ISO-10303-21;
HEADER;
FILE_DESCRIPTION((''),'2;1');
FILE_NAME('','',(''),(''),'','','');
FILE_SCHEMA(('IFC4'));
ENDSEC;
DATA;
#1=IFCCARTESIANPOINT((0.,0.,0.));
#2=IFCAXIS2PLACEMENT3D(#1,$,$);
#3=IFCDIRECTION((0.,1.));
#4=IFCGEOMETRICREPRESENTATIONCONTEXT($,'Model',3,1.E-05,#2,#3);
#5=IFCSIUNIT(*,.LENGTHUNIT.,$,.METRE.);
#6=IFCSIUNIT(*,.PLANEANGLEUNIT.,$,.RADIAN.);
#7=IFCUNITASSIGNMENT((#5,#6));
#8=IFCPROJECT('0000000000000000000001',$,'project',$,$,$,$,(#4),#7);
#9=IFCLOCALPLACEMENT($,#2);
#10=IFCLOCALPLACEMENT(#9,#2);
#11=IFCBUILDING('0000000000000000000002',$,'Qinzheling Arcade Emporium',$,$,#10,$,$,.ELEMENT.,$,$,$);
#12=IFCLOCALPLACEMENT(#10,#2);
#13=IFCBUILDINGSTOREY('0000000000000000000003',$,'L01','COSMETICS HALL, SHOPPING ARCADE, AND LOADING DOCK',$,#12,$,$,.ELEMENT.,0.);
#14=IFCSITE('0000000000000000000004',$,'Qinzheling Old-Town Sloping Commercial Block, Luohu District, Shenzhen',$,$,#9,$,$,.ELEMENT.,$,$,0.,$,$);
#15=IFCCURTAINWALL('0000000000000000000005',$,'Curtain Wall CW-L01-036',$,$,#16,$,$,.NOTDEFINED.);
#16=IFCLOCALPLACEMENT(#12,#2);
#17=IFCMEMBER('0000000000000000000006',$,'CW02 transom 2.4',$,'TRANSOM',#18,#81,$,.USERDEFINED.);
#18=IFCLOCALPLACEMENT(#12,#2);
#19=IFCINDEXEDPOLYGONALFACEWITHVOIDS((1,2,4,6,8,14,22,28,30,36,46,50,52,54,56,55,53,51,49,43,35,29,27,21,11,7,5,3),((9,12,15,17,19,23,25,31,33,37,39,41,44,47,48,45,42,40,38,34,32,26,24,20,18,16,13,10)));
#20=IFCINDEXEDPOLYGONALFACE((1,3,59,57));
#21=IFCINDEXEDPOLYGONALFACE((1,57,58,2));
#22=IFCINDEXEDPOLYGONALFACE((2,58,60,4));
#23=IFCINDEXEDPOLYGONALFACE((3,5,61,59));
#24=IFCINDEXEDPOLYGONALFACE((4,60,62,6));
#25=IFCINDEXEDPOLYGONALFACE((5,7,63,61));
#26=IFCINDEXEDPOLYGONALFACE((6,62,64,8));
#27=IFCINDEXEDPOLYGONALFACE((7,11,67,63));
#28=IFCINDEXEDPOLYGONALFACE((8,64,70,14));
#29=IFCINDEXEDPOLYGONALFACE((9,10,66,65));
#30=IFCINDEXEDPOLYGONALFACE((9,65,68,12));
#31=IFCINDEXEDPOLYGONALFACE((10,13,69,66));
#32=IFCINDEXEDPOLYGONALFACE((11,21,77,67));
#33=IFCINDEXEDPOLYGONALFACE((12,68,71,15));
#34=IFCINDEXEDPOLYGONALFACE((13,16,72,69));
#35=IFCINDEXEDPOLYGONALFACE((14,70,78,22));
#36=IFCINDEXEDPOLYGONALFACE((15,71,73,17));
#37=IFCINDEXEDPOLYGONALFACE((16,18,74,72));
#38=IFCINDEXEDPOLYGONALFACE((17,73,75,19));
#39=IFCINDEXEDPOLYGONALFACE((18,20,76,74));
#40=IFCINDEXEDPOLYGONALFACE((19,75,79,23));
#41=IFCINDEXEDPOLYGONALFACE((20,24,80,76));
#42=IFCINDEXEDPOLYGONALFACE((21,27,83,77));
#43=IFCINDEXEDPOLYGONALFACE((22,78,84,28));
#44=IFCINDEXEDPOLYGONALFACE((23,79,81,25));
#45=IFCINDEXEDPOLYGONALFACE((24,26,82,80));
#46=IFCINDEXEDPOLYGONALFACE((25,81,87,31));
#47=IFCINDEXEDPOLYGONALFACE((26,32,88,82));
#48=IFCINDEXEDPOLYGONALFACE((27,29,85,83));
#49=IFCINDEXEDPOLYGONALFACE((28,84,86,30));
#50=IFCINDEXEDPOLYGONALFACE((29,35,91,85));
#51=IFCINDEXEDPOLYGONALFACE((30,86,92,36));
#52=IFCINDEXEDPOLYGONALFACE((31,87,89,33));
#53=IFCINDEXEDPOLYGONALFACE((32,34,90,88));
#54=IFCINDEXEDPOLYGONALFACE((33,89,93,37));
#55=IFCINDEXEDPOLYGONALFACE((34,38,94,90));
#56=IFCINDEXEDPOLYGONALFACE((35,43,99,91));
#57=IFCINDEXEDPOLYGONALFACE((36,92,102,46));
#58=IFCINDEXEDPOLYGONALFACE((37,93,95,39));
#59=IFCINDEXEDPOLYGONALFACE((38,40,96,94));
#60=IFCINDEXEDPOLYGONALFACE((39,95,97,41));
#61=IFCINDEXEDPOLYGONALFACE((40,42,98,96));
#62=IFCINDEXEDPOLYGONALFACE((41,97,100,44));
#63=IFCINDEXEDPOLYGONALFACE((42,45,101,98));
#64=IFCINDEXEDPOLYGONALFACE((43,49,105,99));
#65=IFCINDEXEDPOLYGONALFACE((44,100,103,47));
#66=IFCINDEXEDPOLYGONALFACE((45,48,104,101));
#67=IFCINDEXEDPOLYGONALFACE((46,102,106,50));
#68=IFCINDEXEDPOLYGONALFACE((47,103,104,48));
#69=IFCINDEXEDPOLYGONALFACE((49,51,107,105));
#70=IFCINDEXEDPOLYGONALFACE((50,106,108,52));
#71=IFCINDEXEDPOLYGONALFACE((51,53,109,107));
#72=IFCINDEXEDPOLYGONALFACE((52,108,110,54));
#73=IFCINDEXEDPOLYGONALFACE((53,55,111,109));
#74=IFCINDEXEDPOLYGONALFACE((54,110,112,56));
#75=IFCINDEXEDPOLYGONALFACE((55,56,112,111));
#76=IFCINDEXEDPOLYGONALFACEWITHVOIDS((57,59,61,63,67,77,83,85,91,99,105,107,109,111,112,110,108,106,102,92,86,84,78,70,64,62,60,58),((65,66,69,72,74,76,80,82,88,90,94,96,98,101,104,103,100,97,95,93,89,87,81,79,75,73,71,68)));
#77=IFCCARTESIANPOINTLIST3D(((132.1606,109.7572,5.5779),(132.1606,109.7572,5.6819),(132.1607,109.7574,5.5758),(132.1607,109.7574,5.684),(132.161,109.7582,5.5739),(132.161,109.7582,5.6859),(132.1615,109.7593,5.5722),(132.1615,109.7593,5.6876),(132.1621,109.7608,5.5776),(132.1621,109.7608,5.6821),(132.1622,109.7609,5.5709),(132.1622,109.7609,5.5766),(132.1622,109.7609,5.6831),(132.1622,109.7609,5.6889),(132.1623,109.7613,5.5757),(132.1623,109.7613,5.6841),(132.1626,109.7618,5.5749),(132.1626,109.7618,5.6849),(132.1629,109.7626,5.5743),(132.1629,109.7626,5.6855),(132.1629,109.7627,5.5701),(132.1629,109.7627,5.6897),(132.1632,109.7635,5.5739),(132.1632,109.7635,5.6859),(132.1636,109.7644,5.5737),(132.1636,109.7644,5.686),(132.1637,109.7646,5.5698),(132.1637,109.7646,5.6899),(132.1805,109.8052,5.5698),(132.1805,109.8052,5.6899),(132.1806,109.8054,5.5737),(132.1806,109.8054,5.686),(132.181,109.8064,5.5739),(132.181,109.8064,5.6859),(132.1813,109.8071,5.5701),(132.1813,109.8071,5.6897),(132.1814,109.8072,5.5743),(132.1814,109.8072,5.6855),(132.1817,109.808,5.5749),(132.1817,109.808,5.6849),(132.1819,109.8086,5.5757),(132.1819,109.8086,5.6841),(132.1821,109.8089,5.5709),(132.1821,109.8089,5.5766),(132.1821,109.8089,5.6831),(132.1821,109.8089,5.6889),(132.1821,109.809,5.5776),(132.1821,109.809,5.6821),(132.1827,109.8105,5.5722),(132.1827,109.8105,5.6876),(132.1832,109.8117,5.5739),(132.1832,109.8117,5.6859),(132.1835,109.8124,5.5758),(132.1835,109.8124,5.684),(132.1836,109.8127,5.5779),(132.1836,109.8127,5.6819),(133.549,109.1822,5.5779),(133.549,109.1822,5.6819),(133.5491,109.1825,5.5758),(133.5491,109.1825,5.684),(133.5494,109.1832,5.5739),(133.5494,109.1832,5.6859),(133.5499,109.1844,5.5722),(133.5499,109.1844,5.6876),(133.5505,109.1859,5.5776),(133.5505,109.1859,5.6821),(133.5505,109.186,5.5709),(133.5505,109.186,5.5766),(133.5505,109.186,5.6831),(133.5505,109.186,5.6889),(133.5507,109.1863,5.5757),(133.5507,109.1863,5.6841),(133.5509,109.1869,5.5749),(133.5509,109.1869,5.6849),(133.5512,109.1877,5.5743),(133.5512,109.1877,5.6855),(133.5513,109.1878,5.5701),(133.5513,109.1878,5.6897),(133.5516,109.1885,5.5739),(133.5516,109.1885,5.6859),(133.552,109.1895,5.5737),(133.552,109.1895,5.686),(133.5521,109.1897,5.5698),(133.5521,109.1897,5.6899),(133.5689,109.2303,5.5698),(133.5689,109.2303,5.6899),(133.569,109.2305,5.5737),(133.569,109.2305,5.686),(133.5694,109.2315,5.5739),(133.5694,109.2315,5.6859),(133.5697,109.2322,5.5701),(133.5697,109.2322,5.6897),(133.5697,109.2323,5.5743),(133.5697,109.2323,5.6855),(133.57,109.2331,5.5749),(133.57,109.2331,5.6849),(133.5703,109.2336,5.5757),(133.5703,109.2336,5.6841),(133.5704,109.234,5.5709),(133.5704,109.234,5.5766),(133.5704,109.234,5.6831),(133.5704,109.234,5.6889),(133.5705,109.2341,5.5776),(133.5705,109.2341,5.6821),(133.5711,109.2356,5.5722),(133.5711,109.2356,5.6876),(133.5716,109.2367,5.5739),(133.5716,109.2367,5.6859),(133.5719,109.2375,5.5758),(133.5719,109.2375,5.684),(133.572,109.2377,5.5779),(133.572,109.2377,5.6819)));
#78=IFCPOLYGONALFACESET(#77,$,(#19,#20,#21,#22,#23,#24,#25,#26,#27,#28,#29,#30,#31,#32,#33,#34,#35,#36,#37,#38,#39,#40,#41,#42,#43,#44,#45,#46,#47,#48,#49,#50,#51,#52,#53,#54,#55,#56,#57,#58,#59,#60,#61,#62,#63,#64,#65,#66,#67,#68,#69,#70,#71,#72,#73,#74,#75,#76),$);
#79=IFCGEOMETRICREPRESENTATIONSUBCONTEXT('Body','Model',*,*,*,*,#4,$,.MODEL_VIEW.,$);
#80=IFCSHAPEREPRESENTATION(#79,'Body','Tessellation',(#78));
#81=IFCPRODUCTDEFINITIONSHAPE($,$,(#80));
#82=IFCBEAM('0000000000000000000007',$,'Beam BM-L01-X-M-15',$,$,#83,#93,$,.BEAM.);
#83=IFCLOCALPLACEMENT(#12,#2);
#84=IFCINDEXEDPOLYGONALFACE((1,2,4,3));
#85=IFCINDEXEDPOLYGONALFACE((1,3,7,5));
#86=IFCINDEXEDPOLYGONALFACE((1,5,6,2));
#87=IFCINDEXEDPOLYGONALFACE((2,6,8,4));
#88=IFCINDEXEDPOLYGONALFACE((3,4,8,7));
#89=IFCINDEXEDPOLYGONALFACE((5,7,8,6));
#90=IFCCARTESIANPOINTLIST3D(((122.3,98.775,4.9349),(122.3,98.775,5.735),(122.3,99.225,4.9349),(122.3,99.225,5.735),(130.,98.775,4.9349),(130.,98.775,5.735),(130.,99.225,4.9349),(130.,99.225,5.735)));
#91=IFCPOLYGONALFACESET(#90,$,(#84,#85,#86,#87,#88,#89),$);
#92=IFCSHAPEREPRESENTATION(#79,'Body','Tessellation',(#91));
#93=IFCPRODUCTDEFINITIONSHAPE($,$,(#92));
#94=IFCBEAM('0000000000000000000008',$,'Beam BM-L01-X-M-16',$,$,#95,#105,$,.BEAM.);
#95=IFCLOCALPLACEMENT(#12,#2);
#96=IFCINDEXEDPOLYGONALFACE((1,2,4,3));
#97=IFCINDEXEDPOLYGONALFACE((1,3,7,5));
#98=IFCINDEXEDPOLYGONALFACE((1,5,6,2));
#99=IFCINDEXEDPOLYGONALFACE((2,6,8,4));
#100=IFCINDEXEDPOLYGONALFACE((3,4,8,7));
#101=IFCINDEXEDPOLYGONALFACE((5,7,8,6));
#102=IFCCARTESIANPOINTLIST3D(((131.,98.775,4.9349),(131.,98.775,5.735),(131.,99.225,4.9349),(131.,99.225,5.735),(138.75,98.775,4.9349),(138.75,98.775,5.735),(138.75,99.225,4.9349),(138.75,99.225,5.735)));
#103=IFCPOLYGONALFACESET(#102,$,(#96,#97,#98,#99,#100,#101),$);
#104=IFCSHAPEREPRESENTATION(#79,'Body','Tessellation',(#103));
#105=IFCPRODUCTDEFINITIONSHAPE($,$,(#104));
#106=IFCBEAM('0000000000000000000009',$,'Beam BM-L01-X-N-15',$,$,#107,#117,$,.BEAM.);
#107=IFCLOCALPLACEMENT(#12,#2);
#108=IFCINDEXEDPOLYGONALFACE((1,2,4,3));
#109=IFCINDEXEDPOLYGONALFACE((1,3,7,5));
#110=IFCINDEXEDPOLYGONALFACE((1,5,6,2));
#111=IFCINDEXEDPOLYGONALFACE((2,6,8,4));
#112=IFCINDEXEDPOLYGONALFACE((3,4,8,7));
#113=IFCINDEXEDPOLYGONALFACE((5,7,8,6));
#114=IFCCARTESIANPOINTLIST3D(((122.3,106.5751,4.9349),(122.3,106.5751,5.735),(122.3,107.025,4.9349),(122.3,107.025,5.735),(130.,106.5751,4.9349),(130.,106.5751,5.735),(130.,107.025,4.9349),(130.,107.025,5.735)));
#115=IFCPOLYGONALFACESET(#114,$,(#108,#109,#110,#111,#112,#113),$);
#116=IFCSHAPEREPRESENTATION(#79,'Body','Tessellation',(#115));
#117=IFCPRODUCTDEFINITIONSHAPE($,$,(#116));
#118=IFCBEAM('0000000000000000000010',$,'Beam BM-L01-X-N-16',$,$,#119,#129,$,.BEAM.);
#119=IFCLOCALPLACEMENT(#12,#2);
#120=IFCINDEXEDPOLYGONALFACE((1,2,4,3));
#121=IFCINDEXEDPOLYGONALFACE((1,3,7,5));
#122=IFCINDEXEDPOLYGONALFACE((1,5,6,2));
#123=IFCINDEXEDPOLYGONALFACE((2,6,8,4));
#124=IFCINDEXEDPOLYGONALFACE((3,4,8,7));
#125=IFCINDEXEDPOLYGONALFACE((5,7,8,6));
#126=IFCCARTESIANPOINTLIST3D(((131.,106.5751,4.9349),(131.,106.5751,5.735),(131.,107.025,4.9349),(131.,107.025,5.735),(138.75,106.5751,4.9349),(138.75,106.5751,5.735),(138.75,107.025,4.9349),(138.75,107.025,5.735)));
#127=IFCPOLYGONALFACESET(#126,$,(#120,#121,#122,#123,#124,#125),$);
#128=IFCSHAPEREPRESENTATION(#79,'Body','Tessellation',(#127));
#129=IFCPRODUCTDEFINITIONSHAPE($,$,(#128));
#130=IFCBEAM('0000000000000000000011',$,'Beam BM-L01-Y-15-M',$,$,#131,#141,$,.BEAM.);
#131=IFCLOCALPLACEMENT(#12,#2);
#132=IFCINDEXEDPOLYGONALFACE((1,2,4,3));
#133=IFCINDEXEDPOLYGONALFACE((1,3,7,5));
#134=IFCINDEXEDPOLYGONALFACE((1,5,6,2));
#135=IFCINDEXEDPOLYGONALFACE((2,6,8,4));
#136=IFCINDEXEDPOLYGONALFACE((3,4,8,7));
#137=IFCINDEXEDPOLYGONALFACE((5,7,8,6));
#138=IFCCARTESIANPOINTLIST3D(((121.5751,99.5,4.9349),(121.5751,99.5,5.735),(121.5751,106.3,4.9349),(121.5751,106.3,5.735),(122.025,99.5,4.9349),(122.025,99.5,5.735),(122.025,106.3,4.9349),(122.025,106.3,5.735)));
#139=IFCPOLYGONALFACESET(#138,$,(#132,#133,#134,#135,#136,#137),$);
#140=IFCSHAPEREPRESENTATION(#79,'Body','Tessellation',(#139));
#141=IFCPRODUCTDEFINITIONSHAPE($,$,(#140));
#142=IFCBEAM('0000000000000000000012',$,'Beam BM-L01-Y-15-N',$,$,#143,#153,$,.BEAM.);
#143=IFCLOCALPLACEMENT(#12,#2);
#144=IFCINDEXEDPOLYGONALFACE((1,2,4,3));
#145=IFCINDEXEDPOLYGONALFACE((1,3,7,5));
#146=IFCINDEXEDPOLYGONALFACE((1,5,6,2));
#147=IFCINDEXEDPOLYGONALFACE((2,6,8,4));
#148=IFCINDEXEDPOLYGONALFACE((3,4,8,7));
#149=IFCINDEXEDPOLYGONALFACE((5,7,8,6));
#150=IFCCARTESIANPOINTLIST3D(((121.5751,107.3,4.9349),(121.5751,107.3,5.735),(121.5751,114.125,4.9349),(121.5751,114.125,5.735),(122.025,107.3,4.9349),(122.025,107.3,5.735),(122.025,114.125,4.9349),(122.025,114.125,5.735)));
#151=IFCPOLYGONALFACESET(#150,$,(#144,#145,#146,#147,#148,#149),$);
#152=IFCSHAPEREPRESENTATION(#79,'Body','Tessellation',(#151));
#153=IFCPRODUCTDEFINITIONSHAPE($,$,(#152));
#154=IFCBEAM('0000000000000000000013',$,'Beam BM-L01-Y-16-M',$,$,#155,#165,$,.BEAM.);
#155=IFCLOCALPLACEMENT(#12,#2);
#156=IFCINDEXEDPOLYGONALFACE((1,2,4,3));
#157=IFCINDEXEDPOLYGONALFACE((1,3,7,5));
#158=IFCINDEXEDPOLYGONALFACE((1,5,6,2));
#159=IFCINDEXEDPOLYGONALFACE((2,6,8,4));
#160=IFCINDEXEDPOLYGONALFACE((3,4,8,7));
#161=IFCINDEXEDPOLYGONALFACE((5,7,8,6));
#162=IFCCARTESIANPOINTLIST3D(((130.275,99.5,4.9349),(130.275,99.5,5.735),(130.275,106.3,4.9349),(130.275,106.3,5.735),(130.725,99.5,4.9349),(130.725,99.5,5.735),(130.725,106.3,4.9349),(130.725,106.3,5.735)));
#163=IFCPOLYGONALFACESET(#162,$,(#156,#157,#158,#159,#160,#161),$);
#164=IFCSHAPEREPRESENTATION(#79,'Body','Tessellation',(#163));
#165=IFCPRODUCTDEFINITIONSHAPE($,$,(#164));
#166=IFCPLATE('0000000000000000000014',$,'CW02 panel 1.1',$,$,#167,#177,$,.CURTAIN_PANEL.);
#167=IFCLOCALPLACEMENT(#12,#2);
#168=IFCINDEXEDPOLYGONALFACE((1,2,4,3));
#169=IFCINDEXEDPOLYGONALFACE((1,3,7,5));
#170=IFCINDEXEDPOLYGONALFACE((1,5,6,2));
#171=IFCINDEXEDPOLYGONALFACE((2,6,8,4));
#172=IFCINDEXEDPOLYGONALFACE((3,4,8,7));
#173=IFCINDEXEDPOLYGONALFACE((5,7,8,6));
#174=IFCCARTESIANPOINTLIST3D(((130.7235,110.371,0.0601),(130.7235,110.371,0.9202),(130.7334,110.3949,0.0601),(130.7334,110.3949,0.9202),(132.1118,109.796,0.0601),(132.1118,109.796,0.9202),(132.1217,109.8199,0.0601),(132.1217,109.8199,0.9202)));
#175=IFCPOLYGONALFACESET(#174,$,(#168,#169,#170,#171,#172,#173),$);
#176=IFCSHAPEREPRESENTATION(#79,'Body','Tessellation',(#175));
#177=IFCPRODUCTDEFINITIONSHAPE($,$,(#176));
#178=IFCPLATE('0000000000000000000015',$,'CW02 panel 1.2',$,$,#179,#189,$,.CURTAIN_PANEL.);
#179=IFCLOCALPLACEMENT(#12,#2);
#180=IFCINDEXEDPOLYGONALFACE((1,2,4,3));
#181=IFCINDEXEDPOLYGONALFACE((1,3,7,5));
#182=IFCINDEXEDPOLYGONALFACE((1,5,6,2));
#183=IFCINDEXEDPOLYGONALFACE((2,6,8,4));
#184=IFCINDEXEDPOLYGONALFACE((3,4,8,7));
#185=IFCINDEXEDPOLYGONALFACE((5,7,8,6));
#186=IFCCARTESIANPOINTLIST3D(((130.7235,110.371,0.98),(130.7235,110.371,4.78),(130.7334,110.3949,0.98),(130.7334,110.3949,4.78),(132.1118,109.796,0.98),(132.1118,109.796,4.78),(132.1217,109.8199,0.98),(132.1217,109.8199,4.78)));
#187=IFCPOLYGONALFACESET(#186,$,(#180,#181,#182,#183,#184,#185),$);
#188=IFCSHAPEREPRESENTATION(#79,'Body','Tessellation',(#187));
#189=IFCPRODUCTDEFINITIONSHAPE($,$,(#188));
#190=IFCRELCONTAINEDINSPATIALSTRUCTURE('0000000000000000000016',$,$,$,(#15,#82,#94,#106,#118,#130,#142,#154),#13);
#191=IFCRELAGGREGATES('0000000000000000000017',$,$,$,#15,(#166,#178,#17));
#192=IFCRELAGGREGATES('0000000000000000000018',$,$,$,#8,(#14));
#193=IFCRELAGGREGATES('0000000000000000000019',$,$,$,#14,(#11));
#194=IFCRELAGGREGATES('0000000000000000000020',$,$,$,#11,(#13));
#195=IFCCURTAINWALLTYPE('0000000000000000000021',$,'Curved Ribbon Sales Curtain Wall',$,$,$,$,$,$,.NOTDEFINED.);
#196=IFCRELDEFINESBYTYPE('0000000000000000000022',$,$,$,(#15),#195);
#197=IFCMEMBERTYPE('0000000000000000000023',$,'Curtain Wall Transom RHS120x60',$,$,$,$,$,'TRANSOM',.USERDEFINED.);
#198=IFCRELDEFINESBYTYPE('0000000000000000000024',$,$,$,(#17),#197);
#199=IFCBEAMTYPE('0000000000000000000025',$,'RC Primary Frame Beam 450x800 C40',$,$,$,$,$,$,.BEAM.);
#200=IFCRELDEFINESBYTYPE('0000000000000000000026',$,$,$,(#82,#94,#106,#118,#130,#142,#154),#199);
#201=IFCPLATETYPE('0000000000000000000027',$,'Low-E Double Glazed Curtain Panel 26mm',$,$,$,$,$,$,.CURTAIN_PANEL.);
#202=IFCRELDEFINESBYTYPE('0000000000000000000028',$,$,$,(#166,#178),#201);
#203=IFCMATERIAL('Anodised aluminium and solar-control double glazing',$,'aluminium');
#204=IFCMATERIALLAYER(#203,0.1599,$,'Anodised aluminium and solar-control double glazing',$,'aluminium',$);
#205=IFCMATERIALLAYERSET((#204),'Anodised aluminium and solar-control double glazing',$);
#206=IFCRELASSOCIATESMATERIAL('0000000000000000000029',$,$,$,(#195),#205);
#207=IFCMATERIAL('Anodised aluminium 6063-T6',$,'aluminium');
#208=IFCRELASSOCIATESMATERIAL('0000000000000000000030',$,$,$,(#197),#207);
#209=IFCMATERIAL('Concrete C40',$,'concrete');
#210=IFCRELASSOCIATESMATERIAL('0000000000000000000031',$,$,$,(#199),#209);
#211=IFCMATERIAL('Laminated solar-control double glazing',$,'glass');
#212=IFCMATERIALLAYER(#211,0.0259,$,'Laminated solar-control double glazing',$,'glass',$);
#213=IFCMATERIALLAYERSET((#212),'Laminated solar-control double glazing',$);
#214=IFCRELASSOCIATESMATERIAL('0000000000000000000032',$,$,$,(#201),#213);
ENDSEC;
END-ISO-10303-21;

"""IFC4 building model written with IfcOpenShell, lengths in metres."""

from ifc_helpers import new_model, si_unit, direction, frame, origin, origin_2d, place, context, subcontext, project, spatial, rectangle, hollow_rectangle, extrude, material, layer, layer_set, material_profile, profile_set, type_object, element, aggregate, save


model = new_model("IFC4")

# Units and contexts
model_context = context("Model", 3, precision=1e-05, world=origin(), true_north=direction((0.0, 1.0)))
body_context = subcontext(model_context, "Body", "Model", "MODEL_VIEW")
ifc_project = project(units=[si_unit("LENGTHUNIT", "METRE"), si_unit("PLANEANGLEUNIT", "RADIAN")], contexts=[model_context])

# Site, building, storey
site_placement = place(None, origin())
site = spatial("IfcSite", under=ifc_project, at=site_placement, Name="Qinzheling Old-Town Sloping Commercial Block, Luohu District, Shenzhen", CompositionType="ELEMENT", RefElevation=0.0)
building_placement = place(site_placement, origin())
building = spatial("IfcBuilding", under=site, at=building_placement, Name="Qinzheling Arcade Emporium", CompositionType="ELEMENT")
storey_placement = place(building_placement, origin())
storey = spatial("IfcBuildingStorey", under=building, at=storey_placement, Name="L01", Description="COSMETICS HALL, SHOPPING ARCADE, AND LOADING DOCK", CompositionType="ELEMENT", Elevation=0.0)

# Curtain wall, member
ifc_material_1 = material(Name="Anodised aluminium and solar-control double glazing", Category="aluminium")
ifc_layer_1 = layer(ifc_material_1, 0.1599, Name="Anodised aluminium and solar-control double glazing", Category="aluminium")
ifc_layer_set_1 = layer_set([ifc_layer_1], Name="Anodised aluminium and solar-control double glazing")
curtain_wall_type = type_object("IfcCurtainWallType", Name="Curved Ribbon Sales Curtain Wall", PredefinedType="NOTDEFINED", material=ifc_layer_set_1)
curtain_wall_placement = place(storey_placement, origin())
curtain_wall = element("IfcCurtainWall", 1, at=curtain_wall_placement, inside=storey, type_object=curtain_wall_type, Name="Curtain Wall CW-L01-036", PredefinedType="NOTDEFINED")
ifc_material_2 = material(Name="Anodised aluminium 6063-T6", Category="aluminium")
ifc_material_profile_1 = material_profile(ifc_material_2, hollow_rectangle(XDim=0.0601, YDim=0.1201, WallThickness=0.0039, InnerFilletRadius=0.0039, OuterFilletRadius=0.0081, at=origin_2d()), Name="RHS 120x60x4", Category="aluminium")
ifc_profile_set_1 = profile_set([ifc_material_profile_1], Name="Anodised aluminium 6063-T6")
member_type_1 = type_object("IfcMemberType", Name="Curtain Wall Transom RHS120x60", ElementType="TRANSOM", PredefinedType="USERDEFINED", material=ifc_profile_set_1)
member_1_placement = place(storey_placement, frame((132.1721, 109.7849, 5.6299), z_axis=(0.923916, -0.382596, 0.0), x_axis=(0.382596, 0.923916, 0.0)))
member_1 = element("IfcMember", 2, at=member_1_placement, type_object=member_type_1, Name="CW02 transom 2.4", ObjectType="TRANSOM", PredefinedType="USERDEFINED", context=body_context, shape_type="SweptSolid", body=[
    extrude(hollow_rectangle(XDim=0.0601, YDim=0.1201, WallThickness=0.0039, InnerFilletRadius=0.0039, OuterFilletRadius=0.0081, at=origin_2d()), origin(), (0.0, 0.0, 1.0), 1.5027),
])

# Beams
ifc_material_3 = material(Name="Concrete C40", Category="concrete")
ifc_material_profile_2 = material_profile(ifc_material_3, rectangle(XDim=0.45, YDim=0.8, at=origin_2d()), Name="RC 450x800", Category="concrete")
ifc_profile_set_2 = profile_set([ifc_material_profile_2], Name="Concrete C40")
beam_type = type_object("IfcBeamType", Name="RC Primary Frame Beam 450x800 C40", PredefinedType="BEAM", material=ifc_profile_set_2)
beam_1_placement = place(storey_placement, frame((122.3, 99.0, 5.335), z_axis=(1.0, 0.0, 0.0), x_axis=(0.0, 1.0, 0.0)))
element("IfcBeam", 3, at=beam_1_placement, inside=storey, type_object=beam_type, Name="Beam BM-L01-X-M-15", PredefinedType="BEAM", context=body_context, shape_type="SweptSolid", body=[
    extrude(rectangle(XDim=0.45, YDim=0.8, at=origin_2d()), origin(), (0.0, 0.0, 1.0), 7.7),
])
beam_2_placement = place(storey_placement, frame((131.0, 99.0, 5.335), z_axis=(1.0, 0.0, 0.0), x_axis=(0.0, 1.0, 0.0)))
element("IfcBeam", 4, at=beam_2_placement, inside=storey, type_object=beam_type, Name="Beam BM-L01-X-M-16", PredefinedType="BEAM", context=body_context, shape_type="SweptSolid", body=[
    extrude(rectangle(XDim=0.45, YDim=0.8, at=origin_2d()), origin(), (0.0, 0.0, 1.0), 7.75),
])
beam_3_placement = place(storey_placement, frame((122.3, 106.8, 5.335), z_axis=(1.0, 0.0, 0.0), x_axis=(0.0, 1.0, 0.0)))
element("IfcBeam", 5, at=beam_3_placement, inside=storey, type_object=beam_type, Name="Beam BM-L01-X-N-15", PredefinedType="BEAM", context=body_context, shape_type="SweptSolid", body=[
    extrude(rectangle(XDim=0.45, YDim=0.8, at=origin_2d()), origin(), (0.0, 0.0, 1.0), 7.7),
])
beam_4_placement = place(storey_placement, frame((131.0, 106.8, 5.335), z_axis=(1.0, 0.0, 0.0), x_axis=(0.0, 1.0, 0.0)))
element("IfcBeam", 6, at=beam_4_placement, inside=storey, type_object=beam_type, Name="Beam BM-L01-X-N-16", PredefinedType="BEAM", context=body_context, shape_type="SweptSolid", body=[
    extrude(rectangle(XDim=0.45, YDim=0.8, at=origin_2d()), origin(), (0.0, 0.0, 1.0), 7.75),
])
beam_5_placement = place(storey_placement, frame((121.8, 99.5, 5.335), z_axis=(0.0, 1.0, 0.0), x_axis=(-1.0, 0.0, 0.0)))
element("IfcBeam", 7, at=beam_5_placement, inside=storey, type_object=beam_type, Name="Beam BM-L01-Y-15-M", PredefinedType="BEAM", context=body_context, shape_type="SweptSolid", body=[
    extrude(rectangle(XDim=0.45, YDim=0.8, at=origin_2d()), origin(), (0.0, 0.0, 1.0), 6.8),
])
beam_6_placement = place(storey_placement, frame((121.8, 107.3, 5.335), z_axis=(0.0, 1.0, 0.0), x_axis=(-1.0, 0.0, 0.0)))
element("IfcBeam", 8, at=beam_6_placement, inside=storey, type_object=beam_type, Name="Beam BM-L01-Y-15-N", PredefinedType="BEAM", context=body_context, shape_type="SweptSolid", body=[
    extrude(rectangle(XDim=0.45, YDim=0.8, at=origin_2d()), origin(), (0.0, 0.0, 1.0), 6.825),
])
beam_7_placement = place(storey_placement, frame((130.5, 99.5, 5.335), z_axis=(0.0, 1.0, 0.0), x_axis=(-1.0, 0.0, 0.0)))
element("IfcBeam", 9, at=beam_7_placement, inside=storey, type_object=beam_type, Name="Beam BM-L01-Y-16-M", PredefinedType="BEAM", context=body_context, shape_type="SweptSolid", body=[
    extrude(rectangle(XDim=0.45, YDim=0.8, at=origin_2d()), origin(), (0.0, 0.0, 1.0), 6.8),
])

# Plates
ifc_material_4 = material(Name="Laminated solar-control double glazing", Category="glass")
ifc_layer_2 = layer(ifc_material_4, 0.0259, Name="Laminated solar-control double glazing", Category="glass")
ifc_layer_set_2 = layer_set([ifc_layer_2], Name="Laminated solar-control double glazing")
plate_type = type_object("IfcPlateType", Name="Low-E Double Glazed Curtain Panel 26mm", PredefinedType="CURTAIN_PANEL", material=ifc_layer_set_2)
plate_1_placement = place(storey_placement, frame((131.4226, 110.0955, 0.0601), z_axis=(0.0, 0.0, 1.0), x_axis=(0.923883, -0.382675, 0.0)))
plate_1 = element("IfcPlate", 10, at=plate_1_placement, type_object=plate_type, Name="CW02 panel 1.1", PredefinedType="CURTAIN_PANEL", context=body_context, shape_type="SweptSolid", body=[
    extrude(rectangle(XDim=1.5027, YDim=0.0259, at=origin_2d()), origin(), (0.0, 0.0, 1.0), 0.8601),
])
plate_2_placement = place(storey_placement, frame((131.4226, 110.0955, 0.98), z_axis=(0.0, 0.0, 1.0), x_axis=(0.923883, -0.382675, 0.0)))
plate_2 = element("IfcPlate", 11, at=plate_2_placement, type_object=plate_type, Name="CW02 panel 1.2", PredefinedType="CURTAIN_PANEL", context=body_context, shape_type="SweptSolid", body=[
    extrude(rectangle(XDim=1.5027, YDim=0.0259, at=origin_2d()), origin(), (0.0, 0.0, 1.0), 3.8),
])
aggregate(curtain_wall, [plate_1, plate_2, member_1])

save(model, "model.ifc")
